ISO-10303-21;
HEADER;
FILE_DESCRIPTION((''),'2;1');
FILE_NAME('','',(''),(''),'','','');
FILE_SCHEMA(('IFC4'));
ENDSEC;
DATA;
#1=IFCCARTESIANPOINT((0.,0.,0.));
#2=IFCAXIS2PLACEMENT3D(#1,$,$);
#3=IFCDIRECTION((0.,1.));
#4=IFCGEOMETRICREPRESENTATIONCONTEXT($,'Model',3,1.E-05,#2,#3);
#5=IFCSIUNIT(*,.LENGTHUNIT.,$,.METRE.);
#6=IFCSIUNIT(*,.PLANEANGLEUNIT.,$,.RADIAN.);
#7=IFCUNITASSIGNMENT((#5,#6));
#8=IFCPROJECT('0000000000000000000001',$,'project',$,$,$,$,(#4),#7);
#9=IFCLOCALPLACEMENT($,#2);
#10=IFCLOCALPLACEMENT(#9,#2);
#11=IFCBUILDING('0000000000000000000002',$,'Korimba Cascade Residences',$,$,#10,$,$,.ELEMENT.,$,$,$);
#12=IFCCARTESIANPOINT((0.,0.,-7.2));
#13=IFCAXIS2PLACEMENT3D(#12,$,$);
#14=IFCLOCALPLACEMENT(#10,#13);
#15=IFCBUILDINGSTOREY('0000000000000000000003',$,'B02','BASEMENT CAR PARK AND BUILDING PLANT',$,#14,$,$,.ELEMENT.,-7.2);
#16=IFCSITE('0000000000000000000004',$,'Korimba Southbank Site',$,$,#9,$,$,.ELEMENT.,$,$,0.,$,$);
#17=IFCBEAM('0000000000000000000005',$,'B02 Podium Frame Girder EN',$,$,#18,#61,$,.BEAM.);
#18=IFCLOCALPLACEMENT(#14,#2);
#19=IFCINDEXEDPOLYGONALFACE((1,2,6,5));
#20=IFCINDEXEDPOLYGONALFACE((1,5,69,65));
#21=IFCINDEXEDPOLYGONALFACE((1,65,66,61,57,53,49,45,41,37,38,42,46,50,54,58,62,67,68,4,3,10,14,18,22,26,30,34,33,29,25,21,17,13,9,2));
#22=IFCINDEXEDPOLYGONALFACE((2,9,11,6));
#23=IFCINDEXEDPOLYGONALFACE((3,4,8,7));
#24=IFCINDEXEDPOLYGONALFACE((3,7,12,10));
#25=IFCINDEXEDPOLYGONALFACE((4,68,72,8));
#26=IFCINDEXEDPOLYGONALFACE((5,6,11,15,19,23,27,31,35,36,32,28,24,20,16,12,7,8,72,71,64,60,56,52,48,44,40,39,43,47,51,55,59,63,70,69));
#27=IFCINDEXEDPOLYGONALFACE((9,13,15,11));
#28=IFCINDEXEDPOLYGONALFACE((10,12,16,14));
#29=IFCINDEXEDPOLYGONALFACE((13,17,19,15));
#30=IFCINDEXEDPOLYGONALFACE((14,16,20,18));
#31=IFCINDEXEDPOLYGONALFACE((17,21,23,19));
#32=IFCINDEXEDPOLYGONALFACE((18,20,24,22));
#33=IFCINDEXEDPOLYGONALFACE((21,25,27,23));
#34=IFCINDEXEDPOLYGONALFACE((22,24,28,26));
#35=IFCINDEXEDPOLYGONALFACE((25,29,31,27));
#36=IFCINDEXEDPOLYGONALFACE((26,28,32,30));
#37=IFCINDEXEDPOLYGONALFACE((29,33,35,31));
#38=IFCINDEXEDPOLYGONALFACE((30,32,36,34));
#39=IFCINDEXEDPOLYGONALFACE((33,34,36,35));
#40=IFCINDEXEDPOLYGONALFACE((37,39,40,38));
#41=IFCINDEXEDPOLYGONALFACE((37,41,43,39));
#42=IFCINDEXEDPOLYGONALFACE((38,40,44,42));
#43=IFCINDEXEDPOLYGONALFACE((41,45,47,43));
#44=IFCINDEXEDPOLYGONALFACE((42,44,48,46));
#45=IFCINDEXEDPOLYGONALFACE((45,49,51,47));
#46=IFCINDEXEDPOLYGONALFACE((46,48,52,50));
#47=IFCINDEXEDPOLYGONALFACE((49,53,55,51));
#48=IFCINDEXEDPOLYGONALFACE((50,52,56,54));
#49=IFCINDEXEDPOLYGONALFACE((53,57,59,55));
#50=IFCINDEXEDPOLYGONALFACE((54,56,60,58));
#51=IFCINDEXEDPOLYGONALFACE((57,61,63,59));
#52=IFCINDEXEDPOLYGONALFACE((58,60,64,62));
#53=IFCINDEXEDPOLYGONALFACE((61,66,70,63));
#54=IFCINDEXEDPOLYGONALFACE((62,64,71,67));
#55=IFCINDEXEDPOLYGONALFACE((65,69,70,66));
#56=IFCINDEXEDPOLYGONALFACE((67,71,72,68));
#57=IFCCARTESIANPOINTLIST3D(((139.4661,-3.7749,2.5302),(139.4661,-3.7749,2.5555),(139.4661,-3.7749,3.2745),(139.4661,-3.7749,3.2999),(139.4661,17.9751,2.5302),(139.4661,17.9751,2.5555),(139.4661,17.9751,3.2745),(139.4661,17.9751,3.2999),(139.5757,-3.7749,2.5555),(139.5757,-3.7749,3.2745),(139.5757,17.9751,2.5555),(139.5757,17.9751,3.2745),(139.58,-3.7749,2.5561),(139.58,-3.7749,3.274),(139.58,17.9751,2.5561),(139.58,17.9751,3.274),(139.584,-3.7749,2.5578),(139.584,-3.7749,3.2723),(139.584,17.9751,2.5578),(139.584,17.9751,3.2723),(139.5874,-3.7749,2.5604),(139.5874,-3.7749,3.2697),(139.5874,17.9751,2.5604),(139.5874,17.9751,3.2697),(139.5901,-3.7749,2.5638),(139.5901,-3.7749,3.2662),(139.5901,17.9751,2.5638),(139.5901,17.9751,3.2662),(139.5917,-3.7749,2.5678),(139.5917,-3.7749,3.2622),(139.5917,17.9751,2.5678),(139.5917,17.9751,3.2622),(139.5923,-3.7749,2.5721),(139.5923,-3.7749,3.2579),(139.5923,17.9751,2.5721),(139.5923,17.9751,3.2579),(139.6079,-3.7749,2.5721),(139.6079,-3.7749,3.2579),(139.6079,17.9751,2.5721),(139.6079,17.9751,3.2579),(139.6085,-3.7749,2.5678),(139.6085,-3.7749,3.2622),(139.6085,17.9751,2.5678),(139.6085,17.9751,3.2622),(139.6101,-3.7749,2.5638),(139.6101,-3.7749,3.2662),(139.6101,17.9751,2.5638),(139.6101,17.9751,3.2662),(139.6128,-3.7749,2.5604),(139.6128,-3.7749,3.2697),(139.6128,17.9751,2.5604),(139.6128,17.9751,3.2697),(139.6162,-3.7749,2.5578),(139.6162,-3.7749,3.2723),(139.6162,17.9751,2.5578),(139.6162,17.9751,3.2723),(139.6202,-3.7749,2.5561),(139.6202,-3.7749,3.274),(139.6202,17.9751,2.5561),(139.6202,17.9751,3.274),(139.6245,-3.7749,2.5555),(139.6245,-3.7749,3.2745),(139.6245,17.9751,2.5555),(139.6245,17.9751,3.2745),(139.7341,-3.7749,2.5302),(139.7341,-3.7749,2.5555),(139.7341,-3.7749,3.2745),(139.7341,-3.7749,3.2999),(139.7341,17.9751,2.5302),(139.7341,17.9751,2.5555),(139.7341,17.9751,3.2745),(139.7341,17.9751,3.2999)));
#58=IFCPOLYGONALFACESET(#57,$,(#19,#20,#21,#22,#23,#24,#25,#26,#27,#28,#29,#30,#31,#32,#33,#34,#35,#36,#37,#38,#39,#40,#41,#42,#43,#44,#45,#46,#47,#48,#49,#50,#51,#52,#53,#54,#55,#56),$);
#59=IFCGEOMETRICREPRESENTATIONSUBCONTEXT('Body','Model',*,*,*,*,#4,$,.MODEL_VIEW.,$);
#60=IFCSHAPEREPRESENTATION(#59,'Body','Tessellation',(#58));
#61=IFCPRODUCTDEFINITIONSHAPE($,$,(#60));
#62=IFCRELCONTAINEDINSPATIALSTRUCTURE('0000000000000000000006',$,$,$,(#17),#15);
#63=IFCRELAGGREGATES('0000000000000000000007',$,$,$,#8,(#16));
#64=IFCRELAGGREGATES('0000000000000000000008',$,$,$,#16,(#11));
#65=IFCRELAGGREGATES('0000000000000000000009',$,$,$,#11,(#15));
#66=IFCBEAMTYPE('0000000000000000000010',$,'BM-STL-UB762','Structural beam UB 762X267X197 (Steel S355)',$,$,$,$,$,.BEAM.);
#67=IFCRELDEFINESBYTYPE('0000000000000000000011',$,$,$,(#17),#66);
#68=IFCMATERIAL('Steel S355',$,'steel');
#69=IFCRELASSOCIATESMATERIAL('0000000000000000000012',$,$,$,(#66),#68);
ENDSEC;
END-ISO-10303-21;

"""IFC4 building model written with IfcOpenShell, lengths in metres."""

from ifc_helpers import new_model, si_unit, direction, frame, origin, origin_2d, place, context, subcontext, project, spatial, i_section, extrude, material, material_profile, profile_set, type_object, element, save


model = new_model("IFC4")

# Units and contexts
model_context = context("Model", 3, precision=1e-05, world=origin(), true_north=direction((0.0, 1.0)))
body_context = subcontext(model_context, "Body", "Model", "MODEL_VIEW")
ifc_project = project(units=[si_unit("LENGTHUNIT", "METRE"), si_unit("PLANEANGLEUNIT", "RADIAN")], contexts=[model_context])

# Site, building, storey
site_placement = place(None, origin())
site = spatial("IfcSite", under=ifc_project, at=site_placement, Name="Korimba Southbank Site", CompositionType="ELEMENT", RefElevation=0.0)
building_placement = place(site_placement, origin())
building = spatial("IfcBuilding", under=site, at=building_placement, Name="Korimba Cascade Residences", CompositionType="ELEMENT")
storey_placement = place(building_placement, frame((0.0, 0.0, -7.2)))
storey = spatial("IfcBuildingStorey", under=building, at=storey_placement, Name="B02", Description="BASEMENT CAR PARK AND BUILDING PLANT", CompositionType="ELEMENT", Elevation=-7.2)

# Beam
ifc_material_1 = material(Name="Steel S355", Category="steel")
ifc_material_profile_1 = material_profile(ifc_material_1, i_section(OverallWidth=0.2681, OverallDepth=0.7698, WebThickness=0.0156, FlangeThickness=0.0254, FilletRadius=0.0166, at=origin_2d()), Name="Steel S355")
ifc_profile_set_1 = profile_set([ifc_material_profile_1], Name="Steel S355")
beam_type_1 = type_object("IfcBeamType", Name="BM-STL-UB762", Description="Structural beam UB 762X267X197 (Steel S355)", PredefinedType="BEAM", material=ifc_profile_set_1)
beam_1_placement = place(storey_placement, frame((139.6001, -3.7749, 2.915), z_axis=(0.0, 1.0, 0.0), x_axis=(-1.0, 0.0, 0.0)))
element("IfcBeam", 1, at=beam_1_placement, inside=storey, type_object=beam_type_1, Name="B02 Podium Frame Girder EN", PredefinedType="BEAM", context=body_context, shape_type="SweptSolid", body=[
    extrude(i_section(OverallWidth=0.2681, OverallDepth=0.7698, WebThickness=0.0156, FlangeThickness=0.0254, FilletRadius=0.0166, at=origin_2d()), origin(), (0.0, 0.0, 1.0), 21.75),
])

save(model, "model.ifc")
